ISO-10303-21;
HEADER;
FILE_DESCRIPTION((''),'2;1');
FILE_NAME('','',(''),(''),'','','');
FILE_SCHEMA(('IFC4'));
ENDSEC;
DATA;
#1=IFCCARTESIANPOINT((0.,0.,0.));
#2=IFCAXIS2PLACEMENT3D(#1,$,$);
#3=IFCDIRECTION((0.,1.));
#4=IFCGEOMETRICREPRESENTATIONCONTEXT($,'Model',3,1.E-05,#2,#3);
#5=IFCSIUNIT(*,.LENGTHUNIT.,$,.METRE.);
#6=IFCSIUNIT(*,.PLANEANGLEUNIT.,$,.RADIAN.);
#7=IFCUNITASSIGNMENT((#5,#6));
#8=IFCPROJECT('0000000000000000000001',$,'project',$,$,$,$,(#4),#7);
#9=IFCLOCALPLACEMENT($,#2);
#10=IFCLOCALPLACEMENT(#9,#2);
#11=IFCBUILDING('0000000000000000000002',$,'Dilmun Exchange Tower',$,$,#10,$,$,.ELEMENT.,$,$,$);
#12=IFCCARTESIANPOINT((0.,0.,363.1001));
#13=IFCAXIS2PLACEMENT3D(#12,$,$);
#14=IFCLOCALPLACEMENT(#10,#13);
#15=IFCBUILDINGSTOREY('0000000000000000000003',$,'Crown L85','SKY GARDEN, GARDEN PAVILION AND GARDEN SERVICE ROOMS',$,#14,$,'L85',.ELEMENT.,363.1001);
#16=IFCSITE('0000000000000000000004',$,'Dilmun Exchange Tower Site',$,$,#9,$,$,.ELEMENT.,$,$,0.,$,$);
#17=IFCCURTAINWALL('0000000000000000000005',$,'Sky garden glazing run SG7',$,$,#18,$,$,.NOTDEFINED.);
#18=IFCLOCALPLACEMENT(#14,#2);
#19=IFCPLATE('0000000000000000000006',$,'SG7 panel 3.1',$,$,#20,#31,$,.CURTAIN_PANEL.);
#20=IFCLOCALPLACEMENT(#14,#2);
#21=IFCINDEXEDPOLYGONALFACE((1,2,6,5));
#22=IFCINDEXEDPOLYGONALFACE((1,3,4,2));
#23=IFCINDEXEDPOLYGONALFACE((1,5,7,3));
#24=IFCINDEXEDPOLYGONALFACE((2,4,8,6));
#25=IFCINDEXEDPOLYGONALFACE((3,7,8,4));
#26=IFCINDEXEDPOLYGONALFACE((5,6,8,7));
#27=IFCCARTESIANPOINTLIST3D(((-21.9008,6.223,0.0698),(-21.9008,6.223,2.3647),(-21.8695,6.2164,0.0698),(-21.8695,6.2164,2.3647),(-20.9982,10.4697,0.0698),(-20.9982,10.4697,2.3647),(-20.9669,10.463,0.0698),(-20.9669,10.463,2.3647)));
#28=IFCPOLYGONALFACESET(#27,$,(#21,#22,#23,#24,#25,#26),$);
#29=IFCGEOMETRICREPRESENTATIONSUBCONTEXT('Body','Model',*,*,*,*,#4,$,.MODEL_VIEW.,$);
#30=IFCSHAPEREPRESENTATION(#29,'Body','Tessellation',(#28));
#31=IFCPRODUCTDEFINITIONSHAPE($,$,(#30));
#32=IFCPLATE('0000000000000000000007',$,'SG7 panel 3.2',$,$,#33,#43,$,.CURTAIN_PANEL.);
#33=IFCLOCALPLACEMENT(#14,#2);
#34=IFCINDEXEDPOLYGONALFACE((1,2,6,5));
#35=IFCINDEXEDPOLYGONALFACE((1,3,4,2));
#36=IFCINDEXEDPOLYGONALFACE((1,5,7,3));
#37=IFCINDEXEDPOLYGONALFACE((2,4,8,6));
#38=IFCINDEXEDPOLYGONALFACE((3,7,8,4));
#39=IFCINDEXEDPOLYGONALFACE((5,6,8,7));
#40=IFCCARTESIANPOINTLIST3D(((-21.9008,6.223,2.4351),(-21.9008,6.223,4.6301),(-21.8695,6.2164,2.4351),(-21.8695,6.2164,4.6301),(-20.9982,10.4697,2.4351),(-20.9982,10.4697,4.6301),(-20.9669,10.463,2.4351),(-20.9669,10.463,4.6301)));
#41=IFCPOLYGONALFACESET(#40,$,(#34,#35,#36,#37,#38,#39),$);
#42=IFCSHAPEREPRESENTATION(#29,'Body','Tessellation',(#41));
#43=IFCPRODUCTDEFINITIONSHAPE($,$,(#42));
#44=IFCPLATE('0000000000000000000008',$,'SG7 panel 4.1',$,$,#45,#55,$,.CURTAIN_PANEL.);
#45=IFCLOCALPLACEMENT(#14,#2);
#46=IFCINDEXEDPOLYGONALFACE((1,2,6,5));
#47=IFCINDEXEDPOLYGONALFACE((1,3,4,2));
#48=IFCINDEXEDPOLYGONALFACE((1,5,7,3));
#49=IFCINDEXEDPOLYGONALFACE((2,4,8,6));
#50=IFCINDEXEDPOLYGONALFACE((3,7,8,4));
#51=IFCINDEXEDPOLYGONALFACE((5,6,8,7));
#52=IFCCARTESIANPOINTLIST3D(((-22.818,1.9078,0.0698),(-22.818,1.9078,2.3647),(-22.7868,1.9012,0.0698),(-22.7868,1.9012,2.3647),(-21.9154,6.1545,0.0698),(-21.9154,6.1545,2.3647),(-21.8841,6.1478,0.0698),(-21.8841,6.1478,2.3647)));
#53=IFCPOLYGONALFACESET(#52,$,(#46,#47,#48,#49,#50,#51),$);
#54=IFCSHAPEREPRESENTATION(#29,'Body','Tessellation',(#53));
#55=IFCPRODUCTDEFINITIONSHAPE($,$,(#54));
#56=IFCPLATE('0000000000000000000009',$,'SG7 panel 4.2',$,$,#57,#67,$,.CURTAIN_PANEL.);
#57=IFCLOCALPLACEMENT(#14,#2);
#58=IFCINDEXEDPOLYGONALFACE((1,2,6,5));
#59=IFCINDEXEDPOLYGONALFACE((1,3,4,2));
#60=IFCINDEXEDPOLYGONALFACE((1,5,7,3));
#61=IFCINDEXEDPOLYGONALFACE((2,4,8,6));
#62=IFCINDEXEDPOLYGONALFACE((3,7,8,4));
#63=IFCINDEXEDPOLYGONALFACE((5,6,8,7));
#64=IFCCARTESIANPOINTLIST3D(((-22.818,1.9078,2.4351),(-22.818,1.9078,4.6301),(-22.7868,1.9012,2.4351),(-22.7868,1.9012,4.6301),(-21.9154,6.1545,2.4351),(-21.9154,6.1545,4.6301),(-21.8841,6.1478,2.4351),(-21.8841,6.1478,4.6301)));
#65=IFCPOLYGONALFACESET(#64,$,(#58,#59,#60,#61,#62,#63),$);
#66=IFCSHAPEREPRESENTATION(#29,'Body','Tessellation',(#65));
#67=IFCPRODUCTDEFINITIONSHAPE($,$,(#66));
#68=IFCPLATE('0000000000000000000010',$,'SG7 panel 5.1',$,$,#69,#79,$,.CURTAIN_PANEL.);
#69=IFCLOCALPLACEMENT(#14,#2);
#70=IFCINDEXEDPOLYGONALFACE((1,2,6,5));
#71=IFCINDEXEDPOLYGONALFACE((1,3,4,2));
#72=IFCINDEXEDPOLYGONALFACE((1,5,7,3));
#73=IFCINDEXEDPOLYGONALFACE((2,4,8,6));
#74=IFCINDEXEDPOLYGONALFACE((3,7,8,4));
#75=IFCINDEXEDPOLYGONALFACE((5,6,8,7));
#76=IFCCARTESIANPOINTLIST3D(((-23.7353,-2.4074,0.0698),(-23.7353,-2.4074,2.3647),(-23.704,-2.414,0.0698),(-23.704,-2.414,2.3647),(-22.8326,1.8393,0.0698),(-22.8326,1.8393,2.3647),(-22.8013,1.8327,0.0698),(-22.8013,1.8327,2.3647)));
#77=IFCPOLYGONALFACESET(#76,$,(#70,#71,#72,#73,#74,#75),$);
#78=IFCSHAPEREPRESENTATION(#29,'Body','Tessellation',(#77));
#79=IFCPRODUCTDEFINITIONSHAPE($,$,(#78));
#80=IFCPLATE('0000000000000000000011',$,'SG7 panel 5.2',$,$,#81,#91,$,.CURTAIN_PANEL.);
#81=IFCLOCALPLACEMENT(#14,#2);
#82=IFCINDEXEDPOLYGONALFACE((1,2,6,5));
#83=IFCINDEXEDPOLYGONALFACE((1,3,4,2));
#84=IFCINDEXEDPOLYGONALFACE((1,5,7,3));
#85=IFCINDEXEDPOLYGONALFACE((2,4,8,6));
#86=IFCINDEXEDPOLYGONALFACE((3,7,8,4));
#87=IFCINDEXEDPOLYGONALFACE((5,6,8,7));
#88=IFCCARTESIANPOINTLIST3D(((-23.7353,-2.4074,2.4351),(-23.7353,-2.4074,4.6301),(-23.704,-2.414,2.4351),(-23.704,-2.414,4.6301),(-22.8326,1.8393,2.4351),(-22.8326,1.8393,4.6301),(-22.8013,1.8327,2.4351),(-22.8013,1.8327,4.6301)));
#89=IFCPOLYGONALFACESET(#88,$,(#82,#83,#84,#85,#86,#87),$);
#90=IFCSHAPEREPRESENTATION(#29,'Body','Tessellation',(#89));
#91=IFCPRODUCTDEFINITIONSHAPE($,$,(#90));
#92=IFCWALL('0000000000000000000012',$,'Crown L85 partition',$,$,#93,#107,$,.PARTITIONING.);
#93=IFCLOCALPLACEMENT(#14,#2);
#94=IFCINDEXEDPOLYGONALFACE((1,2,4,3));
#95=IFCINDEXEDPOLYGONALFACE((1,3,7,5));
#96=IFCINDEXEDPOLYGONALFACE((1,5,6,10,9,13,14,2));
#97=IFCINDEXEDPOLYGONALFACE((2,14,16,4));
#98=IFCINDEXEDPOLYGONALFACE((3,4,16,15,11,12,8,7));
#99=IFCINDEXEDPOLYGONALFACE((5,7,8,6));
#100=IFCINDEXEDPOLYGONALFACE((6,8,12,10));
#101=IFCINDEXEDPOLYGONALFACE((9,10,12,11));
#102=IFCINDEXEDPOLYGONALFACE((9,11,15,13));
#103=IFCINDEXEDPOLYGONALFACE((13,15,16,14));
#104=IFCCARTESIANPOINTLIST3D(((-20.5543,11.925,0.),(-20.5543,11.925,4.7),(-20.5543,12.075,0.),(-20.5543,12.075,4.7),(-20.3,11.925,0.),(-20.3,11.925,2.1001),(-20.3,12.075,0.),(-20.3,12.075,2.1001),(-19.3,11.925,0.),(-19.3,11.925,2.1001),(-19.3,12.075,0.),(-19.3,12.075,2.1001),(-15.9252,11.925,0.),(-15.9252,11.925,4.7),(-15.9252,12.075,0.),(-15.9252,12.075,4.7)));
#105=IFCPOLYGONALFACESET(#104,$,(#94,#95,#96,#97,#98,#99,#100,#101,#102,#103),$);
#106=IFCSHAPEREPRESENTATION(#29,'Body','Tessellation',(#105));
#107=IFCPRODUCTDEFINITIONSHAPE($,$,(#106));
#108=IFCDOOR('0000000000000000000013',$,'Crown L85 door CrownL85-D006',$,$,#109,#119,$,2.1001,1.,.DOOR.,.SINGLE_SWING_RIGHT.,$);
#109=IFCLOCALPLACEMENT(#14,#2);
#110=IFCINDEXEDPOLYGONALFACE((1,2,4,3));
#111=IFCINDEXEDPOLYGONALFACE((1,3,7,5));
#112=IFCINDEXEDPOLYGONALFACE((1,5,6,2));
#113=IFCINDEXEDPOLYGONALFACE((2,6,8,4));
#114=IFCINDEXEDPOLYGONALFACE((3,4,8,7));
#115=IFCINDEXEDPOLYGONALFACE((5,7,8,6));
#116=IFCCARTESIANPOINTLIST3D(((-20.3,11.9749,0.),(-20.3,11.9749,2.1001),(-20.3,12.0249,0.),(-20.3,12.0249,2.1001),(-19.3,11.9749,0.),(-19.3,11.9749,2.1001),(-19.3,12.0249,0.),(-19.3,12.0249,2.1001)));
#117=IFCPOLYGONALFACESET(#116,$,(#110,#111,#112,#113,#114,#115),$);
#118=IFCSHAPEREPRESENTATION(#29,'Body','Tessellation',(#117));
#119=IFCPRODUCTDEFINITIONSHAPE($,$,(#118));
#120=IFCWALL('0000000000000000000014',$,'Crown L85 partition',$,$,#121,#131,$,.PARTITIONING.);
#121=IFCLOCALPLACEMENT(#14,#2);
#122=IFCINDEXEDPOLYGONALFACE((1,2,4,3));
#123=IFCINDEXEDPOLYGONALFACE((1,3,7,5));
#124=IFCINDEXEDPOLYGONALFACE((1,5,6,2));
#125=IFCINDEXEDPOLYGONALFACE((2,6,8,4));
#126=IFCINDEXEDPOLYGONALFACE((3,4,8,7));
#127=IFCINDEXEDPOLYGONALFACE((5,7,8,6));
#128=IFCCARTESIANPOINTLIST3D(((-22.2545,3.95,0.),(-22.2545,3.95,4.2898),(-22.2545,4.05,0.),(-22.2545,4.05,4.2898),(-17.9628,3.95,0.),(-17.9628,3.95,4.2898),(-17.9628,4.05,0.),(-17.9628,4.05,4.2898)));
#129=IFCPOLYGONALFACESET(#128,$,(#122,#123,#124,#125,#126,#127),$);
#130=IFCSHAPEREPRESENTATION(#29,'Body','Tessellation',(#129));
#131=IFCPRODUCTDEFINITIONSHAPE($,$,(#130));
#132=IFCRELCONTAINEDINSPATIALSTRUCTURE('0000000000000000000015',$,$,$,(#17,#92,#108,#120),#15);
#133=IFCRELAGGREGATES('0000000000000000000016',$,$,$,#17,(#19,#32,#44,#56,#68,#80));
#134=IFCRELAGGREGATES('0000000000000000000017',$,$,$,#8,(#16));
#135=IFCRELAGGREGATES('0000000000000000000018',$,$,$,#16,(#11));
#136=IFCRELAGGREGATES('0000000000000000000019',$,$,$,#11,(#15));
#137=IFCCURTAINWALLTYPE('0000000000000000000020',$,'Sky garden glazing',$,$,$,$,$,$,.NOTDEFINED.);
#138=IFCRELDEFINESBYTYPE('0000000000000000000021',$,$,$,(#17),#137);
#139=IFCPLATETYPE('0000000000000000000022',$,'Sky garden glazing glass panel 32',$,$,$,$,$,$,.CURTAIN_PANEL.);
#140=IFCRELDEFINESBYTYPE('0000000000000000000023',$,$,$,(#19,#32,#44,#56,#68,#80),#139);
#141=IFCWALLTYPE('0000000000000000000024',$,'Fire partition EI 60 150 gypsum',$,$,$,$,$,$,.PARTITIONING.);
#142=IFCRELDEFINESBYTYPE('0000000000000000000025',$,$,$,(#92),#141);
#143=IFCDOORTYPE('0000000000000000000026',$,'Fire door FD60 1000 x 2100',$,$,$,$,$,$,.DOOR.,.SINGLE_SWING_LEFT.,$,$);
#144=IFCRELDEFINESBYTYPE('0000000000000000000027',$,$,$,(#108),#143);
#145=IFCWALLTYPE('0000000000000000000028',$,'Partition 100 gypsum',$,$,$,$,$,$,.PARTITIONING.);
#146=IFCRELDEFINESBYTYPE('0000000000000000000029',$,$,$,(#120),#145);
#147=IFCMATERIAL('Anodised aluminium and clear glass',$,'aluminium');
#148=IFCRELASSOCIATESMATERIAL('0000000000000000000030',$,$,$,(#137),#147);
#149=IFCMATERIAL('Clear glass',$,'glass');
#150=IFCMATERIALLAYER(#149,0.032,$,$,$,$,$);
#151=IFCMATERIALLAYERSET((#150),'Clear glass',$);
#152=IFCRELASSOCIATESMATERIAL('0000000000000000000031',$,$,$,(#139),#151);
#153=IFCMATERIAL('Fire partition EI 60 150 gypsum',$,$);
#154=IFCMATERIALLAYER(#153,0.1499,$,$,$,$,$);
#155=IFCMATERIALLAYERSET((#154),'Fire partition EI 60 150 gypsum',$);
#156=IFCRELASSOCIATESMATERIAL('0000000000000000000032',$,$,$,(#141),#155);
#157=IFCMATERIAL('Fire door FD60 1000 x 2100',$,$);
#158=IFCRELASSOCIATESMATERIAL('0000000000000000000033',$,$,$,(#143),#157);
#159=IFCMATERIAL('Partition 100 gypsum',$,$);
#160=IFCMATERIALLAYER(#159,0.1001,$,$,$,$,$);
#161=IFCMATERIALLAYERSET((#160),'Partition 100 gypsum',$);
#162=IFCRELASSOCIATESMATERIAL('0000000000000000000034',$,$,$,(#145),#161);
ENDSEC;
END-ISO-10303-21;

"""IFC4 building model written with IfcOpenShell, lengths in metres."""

from ifc_helpers import new_model, si_unit, direction, frame, frame_2d, origin, origin_2d, place, context, subcontext, project, spatial, rectangle, extrude, material, layer, layer_set, type_object, element, fill, aggregate, save


model = new_model("IFC4")

# Units and contexts
model_context = context("Model", 3, precision=1e-05, world=origin(), true_north=direction((0.0, 1.0)))
body_context = subcontext(model_context, "Body", "Model", "MODEL_VIEW")
ifc_project = project(units=[si_unit("LENGTHUNIT", "METRE"), si_unit("PLANEANGLEUNIT", "RADIAN")], contexts=[model_context])

# Site, building, storey
site_placement = place(None, origin())
site = spatial("IfcSite", under=ifc_project, at=site_placement, Name="Dilmun Exchange Tower Site", CompositionType="ELEMENT", RefElevation=0.0)
building_placement = place(site_placement, origin())
building = spatial("IfcBuilding", under=site, at=building_placement, Name="Dilmun Exchange Tower", CompositionType="ELEMENT")
storey_placement = place(building_placement, frame((0.0, 0.0, 363.1001)))
storey = spatial("IfcBuildingStorey", under=building, at=storey_placement, Name="Crown L85", Description="SKY GARDEN, GARDEN PAVILION AND GARDEN SERVICE ROOMS", LongName="L85", CompositionType="ELEMENT", Elevation=363.1001)

# Curtain wall, plates
ifc_material_1 = material(Name="Anodised aluminium and clear glass", Category="aluminium")
curtain_wall_type = type_object("IfcCurtainWallType", Name="Sky garden glazing", PredefinedType="NOTDEFINED", material=ifc_material_1)
curtain_wall_placement = place(storey_placement, origin())
curtain_wall = element("IfcCurtainWall", 1, at=curtain_wall_placement, inside=storey, type_object=curtain_wall_type, Name="Sky garden glazing run SG7", PredefinedType="NOTDEFINED")
ifc_material_2 = material(Name="Clear glass", Category="glass")
ifc_layer_1 = layer(ifc_material_2, 0.032)
ifc_layer_set_1 = layer_set([ifc_layer_1], Name="Clear glass")
plate_type = type_object("IfcPlateType", Name="Sky garden glazing glass panel 32", PredefinedType="CURTAIN_PANEL", material=ifc_layer_set_1)
plate_1_placement = place(storey_placement, frame((-21.4338, 8.343, 0.0698), z_axis=(0.0, 0.0, 1.0), x_axis=(-0.207911, -0.978148, 0.0)))
plate_1 = element("IfcPlate", 2, at=plate_1_placement, type_object=plate_type, Name="SG7 panel 3.1", PredefinedType="CURTAIN_PANEL", context=body_context, shape_type="SweptSolid", body=[
    extrude(rectangle(XDim=4.3416, YDim=0.032, at=origin_2d()), origin(), (0.0, 0.0, 1.0), 2.2949),
])
plate_2_placement = place(storey_placement, frame((-21.4338, 8.343, 2.4351), z_axis=(0.0, 0.0, 1.0), x_axis=(-0.207911, -0.978148, 0.0)))
plate_2 = element("IfcPlate", 3, at=plate_2_placement, type_object=plate_type, Name="SG7 panel 3.2", PredefinedType="CURTAIN_PANEL", context=body_context, shape_type="SweptSolid", body=[
    extrude(rectangle(XDim=4.3416, YDim=0.032, at=origin_2d()), origin(), (0.0, 0.0, 1.0), 2.1951),
])
plate_3_placement = place(storey_placement, frame((-22.3511, 4.0278, 0.0698), z_axis=(0.0, 0.0, 1.0), x_axis=(-0.207911, -0.978148, 0.0)))
plate_3 = element("IfcPlate", 4, at=plate_3_placement, type_object=plate_type, Name="SG7 panel 4.1", PredefinedType="CURTAIN_PANEL", context=body_context, shape_type="SweptSolid", body=[
    extrude(rectangle(XDim=4.3416, YDim=0.032, at=origin_2d()), origin(), (0.0, 0.0, 1.0), 2.2949),
])
plate_4_placement = place(storey_placement, frame((-22.3511, 4.0278, 2.4351), z_axis=(0.0, 0.0, 1.0), x_axis=(-0.207911, -0.978148, 0.0)))
plate_4 = element("IfcPlate", 5, at=plate_4_placement, type_object=plate_type, Name="SG7 panel 4.2", PredefinedType="CURTAIN_PANEL", context=body_context, shape_type="SweptSolid", body=[
    extrude(rectangle(XDim=4.3416, YDim=0.032, at=origin_2d()), origin(), (0.0, 0.0, 1.0), 2.1951),
])
plate_5_placement = place(storey_placement, frame((-23.2683, -0.2874, 0.0698), z_axis=(0.0, 0.0, 1.0), x_axis=(-0.207911, -0.978148, 0.0)))
plate_5 = element("IfcPlate", 6, at=plate_5_placement, type_object=plate_type, Name="SG7 panel 5.1", PredefinedType="CURTAIN_PANEL", context=body_context, shape_type="SweptSolid", body=[
    extrude(rectangle(XDim=4.3416, YDim=0.032, at=origin_2d()), origin(), (0.0, 0.0, 1.0), 2.2949),
])
plate_6_placement = place(storey_placement, frame((-23.2683, -0.2874, 2.4351), z_axis=(0.0, 0.0, 1.0), x_axis=(-0.207911, -0.978148, 0.0)))
plate_6 = element("IfcPlate", 7, at=plate_6_placement, type_object=plate_type, Name="SG7 panel 5.2", PredefinedType="CURTAIN_PANEL", context=body_context, shape_type="SweptSolid", body=[
    extrude(rectangle(XDim=4.3416, YDim=0.032, at=origin_2d()), origin(), (0.0, 0.0, 1.0), 2.1951),
])
aggregate(curtain_wall, [plate_1, plate_2, plate_3, plate_4, plate_5, plate_6])

# Wall, opening, door
ifc_material_3 = material(Name="Fire partition EI 60 150 gypsum")
ifc_layer_2 = layer(ifc_material_3, 0.1499)
ifc_layer_set_2 = layer_set([ifc_layer_2], Name="Fire partition EI 60 150 gypsum")
wall_type_1 = type_object("IfcWallType", Name="Fire partition EI 60 150 gypsum", PredefinedType="PARTITIONING", material=ifc_layer_set_2)
wall_1_placement = place(storey_placement, frame((-20.5542, 12.0, 0.0), z_axis=(0.0, 0.0, 1.0), x_axis=(1.0, 0.0, 0.0)))
wall_1 = element("IfcWall", 8, at=wall_1_placement, inside=storey, type_object=wall_type_1, Name="Crown L85 partition", PredefinedType="PARTITIONING", context=body_context, shape_type="SweptSolid", body=[
    extrude(rectangle(XDim=4.6292, YDim=0.1499, at=frame_2d((2.3145, 0.0))), origin(), (0.0, 0.0, 1.0), 4.7),
])
opening_placement = place(wall_1_placement, frame((0.2542, 0.0, 0.0)))
opening = element("IfcOpeningElement", 9, at=opening_placement, cuts=wall_1, PredefinedType="OPENING", context=body_context, shape_type="SweptSolid", body=[
    extrude(rectangle(XDim=1.0, YDim=2.1001, at=frame_2d((0.5, 1.05))), frame((0.0, 0.085, 0.0), z_axis=(0.0, -1.0, 0.0), x_axis=(1.0, 0.0, 0.0)), (0.0, 0.0, 1.0), 0.1699),
])
ifc_material_4 = material(Name="Fire door FD60 1000 x 2100")
door_type = type_object("IfcDoorType", Name="Fire door FD60 1000 x 2100", OperationType="SINGLE_SWING_LEFT", PredefinedType="DOOR", material=ifc_material_4)
door_placement = place(opening_placement, origin())
door = element("IfcDoor", 10, at=door_placement, inside=storey, type_object=door_type, Name="Crown L85 door CrownL85-D006", OperationType="SINGLE_SWING_RIGHT", OverallHeight=2.1001, OverallWidth=1.0, PredefinedType="DOOR", context=body_context, shape_type="SweptSolid", body=[
    extrude(rectangle(XDim=1.0, YDim=2.1001, at=frame_2d((0.5, 1.05))), frame((0.0, 0.0249, 0.0), z_axis=(0.0, -1.0, 0.0), x_axis=(1.0, 0.0, 0.0)), (0.0, 0.0, 1.0), 0.05),
])
fill(opening, door)

# Wall
ifc_material_5 = material(Name="Partition 100 gypsum")
ifc_layer_3 = layer(ifc_material_5, 0.1001)
ifc_layer_set_3 = layer_set([ifc_layer_3], Name="Partition 100 gypsum")
wall_type_2 = type_object("IfcWallType", Name="Partition 100 gypsum", PredefinedType="PARTITIONING", material=ifc_layer_set_3)
wall_2_placement = place(storey_placement, frame((-22.2546, 4.0, 0.0), z_axis=(0.0, 0.0, 1.0), x_axis=(1.0, 0.0, 0.0)))
element("IfcWall", 11, at=wall_2_placement, inside=storey, type_object=wall_type_2, Name="Crown L85 partition", PredefinedType="PARTITIONING", context=body_context, shape_type="SweptSolid", body=[
    extrude(rectangle(XDim=4.2917, YDim=0.1001, at=frame_2d((2.146, 0.0))), origin(), (0.0, 0.0, 1.0), 4.2898),
])

save(model, "model.ifc")
